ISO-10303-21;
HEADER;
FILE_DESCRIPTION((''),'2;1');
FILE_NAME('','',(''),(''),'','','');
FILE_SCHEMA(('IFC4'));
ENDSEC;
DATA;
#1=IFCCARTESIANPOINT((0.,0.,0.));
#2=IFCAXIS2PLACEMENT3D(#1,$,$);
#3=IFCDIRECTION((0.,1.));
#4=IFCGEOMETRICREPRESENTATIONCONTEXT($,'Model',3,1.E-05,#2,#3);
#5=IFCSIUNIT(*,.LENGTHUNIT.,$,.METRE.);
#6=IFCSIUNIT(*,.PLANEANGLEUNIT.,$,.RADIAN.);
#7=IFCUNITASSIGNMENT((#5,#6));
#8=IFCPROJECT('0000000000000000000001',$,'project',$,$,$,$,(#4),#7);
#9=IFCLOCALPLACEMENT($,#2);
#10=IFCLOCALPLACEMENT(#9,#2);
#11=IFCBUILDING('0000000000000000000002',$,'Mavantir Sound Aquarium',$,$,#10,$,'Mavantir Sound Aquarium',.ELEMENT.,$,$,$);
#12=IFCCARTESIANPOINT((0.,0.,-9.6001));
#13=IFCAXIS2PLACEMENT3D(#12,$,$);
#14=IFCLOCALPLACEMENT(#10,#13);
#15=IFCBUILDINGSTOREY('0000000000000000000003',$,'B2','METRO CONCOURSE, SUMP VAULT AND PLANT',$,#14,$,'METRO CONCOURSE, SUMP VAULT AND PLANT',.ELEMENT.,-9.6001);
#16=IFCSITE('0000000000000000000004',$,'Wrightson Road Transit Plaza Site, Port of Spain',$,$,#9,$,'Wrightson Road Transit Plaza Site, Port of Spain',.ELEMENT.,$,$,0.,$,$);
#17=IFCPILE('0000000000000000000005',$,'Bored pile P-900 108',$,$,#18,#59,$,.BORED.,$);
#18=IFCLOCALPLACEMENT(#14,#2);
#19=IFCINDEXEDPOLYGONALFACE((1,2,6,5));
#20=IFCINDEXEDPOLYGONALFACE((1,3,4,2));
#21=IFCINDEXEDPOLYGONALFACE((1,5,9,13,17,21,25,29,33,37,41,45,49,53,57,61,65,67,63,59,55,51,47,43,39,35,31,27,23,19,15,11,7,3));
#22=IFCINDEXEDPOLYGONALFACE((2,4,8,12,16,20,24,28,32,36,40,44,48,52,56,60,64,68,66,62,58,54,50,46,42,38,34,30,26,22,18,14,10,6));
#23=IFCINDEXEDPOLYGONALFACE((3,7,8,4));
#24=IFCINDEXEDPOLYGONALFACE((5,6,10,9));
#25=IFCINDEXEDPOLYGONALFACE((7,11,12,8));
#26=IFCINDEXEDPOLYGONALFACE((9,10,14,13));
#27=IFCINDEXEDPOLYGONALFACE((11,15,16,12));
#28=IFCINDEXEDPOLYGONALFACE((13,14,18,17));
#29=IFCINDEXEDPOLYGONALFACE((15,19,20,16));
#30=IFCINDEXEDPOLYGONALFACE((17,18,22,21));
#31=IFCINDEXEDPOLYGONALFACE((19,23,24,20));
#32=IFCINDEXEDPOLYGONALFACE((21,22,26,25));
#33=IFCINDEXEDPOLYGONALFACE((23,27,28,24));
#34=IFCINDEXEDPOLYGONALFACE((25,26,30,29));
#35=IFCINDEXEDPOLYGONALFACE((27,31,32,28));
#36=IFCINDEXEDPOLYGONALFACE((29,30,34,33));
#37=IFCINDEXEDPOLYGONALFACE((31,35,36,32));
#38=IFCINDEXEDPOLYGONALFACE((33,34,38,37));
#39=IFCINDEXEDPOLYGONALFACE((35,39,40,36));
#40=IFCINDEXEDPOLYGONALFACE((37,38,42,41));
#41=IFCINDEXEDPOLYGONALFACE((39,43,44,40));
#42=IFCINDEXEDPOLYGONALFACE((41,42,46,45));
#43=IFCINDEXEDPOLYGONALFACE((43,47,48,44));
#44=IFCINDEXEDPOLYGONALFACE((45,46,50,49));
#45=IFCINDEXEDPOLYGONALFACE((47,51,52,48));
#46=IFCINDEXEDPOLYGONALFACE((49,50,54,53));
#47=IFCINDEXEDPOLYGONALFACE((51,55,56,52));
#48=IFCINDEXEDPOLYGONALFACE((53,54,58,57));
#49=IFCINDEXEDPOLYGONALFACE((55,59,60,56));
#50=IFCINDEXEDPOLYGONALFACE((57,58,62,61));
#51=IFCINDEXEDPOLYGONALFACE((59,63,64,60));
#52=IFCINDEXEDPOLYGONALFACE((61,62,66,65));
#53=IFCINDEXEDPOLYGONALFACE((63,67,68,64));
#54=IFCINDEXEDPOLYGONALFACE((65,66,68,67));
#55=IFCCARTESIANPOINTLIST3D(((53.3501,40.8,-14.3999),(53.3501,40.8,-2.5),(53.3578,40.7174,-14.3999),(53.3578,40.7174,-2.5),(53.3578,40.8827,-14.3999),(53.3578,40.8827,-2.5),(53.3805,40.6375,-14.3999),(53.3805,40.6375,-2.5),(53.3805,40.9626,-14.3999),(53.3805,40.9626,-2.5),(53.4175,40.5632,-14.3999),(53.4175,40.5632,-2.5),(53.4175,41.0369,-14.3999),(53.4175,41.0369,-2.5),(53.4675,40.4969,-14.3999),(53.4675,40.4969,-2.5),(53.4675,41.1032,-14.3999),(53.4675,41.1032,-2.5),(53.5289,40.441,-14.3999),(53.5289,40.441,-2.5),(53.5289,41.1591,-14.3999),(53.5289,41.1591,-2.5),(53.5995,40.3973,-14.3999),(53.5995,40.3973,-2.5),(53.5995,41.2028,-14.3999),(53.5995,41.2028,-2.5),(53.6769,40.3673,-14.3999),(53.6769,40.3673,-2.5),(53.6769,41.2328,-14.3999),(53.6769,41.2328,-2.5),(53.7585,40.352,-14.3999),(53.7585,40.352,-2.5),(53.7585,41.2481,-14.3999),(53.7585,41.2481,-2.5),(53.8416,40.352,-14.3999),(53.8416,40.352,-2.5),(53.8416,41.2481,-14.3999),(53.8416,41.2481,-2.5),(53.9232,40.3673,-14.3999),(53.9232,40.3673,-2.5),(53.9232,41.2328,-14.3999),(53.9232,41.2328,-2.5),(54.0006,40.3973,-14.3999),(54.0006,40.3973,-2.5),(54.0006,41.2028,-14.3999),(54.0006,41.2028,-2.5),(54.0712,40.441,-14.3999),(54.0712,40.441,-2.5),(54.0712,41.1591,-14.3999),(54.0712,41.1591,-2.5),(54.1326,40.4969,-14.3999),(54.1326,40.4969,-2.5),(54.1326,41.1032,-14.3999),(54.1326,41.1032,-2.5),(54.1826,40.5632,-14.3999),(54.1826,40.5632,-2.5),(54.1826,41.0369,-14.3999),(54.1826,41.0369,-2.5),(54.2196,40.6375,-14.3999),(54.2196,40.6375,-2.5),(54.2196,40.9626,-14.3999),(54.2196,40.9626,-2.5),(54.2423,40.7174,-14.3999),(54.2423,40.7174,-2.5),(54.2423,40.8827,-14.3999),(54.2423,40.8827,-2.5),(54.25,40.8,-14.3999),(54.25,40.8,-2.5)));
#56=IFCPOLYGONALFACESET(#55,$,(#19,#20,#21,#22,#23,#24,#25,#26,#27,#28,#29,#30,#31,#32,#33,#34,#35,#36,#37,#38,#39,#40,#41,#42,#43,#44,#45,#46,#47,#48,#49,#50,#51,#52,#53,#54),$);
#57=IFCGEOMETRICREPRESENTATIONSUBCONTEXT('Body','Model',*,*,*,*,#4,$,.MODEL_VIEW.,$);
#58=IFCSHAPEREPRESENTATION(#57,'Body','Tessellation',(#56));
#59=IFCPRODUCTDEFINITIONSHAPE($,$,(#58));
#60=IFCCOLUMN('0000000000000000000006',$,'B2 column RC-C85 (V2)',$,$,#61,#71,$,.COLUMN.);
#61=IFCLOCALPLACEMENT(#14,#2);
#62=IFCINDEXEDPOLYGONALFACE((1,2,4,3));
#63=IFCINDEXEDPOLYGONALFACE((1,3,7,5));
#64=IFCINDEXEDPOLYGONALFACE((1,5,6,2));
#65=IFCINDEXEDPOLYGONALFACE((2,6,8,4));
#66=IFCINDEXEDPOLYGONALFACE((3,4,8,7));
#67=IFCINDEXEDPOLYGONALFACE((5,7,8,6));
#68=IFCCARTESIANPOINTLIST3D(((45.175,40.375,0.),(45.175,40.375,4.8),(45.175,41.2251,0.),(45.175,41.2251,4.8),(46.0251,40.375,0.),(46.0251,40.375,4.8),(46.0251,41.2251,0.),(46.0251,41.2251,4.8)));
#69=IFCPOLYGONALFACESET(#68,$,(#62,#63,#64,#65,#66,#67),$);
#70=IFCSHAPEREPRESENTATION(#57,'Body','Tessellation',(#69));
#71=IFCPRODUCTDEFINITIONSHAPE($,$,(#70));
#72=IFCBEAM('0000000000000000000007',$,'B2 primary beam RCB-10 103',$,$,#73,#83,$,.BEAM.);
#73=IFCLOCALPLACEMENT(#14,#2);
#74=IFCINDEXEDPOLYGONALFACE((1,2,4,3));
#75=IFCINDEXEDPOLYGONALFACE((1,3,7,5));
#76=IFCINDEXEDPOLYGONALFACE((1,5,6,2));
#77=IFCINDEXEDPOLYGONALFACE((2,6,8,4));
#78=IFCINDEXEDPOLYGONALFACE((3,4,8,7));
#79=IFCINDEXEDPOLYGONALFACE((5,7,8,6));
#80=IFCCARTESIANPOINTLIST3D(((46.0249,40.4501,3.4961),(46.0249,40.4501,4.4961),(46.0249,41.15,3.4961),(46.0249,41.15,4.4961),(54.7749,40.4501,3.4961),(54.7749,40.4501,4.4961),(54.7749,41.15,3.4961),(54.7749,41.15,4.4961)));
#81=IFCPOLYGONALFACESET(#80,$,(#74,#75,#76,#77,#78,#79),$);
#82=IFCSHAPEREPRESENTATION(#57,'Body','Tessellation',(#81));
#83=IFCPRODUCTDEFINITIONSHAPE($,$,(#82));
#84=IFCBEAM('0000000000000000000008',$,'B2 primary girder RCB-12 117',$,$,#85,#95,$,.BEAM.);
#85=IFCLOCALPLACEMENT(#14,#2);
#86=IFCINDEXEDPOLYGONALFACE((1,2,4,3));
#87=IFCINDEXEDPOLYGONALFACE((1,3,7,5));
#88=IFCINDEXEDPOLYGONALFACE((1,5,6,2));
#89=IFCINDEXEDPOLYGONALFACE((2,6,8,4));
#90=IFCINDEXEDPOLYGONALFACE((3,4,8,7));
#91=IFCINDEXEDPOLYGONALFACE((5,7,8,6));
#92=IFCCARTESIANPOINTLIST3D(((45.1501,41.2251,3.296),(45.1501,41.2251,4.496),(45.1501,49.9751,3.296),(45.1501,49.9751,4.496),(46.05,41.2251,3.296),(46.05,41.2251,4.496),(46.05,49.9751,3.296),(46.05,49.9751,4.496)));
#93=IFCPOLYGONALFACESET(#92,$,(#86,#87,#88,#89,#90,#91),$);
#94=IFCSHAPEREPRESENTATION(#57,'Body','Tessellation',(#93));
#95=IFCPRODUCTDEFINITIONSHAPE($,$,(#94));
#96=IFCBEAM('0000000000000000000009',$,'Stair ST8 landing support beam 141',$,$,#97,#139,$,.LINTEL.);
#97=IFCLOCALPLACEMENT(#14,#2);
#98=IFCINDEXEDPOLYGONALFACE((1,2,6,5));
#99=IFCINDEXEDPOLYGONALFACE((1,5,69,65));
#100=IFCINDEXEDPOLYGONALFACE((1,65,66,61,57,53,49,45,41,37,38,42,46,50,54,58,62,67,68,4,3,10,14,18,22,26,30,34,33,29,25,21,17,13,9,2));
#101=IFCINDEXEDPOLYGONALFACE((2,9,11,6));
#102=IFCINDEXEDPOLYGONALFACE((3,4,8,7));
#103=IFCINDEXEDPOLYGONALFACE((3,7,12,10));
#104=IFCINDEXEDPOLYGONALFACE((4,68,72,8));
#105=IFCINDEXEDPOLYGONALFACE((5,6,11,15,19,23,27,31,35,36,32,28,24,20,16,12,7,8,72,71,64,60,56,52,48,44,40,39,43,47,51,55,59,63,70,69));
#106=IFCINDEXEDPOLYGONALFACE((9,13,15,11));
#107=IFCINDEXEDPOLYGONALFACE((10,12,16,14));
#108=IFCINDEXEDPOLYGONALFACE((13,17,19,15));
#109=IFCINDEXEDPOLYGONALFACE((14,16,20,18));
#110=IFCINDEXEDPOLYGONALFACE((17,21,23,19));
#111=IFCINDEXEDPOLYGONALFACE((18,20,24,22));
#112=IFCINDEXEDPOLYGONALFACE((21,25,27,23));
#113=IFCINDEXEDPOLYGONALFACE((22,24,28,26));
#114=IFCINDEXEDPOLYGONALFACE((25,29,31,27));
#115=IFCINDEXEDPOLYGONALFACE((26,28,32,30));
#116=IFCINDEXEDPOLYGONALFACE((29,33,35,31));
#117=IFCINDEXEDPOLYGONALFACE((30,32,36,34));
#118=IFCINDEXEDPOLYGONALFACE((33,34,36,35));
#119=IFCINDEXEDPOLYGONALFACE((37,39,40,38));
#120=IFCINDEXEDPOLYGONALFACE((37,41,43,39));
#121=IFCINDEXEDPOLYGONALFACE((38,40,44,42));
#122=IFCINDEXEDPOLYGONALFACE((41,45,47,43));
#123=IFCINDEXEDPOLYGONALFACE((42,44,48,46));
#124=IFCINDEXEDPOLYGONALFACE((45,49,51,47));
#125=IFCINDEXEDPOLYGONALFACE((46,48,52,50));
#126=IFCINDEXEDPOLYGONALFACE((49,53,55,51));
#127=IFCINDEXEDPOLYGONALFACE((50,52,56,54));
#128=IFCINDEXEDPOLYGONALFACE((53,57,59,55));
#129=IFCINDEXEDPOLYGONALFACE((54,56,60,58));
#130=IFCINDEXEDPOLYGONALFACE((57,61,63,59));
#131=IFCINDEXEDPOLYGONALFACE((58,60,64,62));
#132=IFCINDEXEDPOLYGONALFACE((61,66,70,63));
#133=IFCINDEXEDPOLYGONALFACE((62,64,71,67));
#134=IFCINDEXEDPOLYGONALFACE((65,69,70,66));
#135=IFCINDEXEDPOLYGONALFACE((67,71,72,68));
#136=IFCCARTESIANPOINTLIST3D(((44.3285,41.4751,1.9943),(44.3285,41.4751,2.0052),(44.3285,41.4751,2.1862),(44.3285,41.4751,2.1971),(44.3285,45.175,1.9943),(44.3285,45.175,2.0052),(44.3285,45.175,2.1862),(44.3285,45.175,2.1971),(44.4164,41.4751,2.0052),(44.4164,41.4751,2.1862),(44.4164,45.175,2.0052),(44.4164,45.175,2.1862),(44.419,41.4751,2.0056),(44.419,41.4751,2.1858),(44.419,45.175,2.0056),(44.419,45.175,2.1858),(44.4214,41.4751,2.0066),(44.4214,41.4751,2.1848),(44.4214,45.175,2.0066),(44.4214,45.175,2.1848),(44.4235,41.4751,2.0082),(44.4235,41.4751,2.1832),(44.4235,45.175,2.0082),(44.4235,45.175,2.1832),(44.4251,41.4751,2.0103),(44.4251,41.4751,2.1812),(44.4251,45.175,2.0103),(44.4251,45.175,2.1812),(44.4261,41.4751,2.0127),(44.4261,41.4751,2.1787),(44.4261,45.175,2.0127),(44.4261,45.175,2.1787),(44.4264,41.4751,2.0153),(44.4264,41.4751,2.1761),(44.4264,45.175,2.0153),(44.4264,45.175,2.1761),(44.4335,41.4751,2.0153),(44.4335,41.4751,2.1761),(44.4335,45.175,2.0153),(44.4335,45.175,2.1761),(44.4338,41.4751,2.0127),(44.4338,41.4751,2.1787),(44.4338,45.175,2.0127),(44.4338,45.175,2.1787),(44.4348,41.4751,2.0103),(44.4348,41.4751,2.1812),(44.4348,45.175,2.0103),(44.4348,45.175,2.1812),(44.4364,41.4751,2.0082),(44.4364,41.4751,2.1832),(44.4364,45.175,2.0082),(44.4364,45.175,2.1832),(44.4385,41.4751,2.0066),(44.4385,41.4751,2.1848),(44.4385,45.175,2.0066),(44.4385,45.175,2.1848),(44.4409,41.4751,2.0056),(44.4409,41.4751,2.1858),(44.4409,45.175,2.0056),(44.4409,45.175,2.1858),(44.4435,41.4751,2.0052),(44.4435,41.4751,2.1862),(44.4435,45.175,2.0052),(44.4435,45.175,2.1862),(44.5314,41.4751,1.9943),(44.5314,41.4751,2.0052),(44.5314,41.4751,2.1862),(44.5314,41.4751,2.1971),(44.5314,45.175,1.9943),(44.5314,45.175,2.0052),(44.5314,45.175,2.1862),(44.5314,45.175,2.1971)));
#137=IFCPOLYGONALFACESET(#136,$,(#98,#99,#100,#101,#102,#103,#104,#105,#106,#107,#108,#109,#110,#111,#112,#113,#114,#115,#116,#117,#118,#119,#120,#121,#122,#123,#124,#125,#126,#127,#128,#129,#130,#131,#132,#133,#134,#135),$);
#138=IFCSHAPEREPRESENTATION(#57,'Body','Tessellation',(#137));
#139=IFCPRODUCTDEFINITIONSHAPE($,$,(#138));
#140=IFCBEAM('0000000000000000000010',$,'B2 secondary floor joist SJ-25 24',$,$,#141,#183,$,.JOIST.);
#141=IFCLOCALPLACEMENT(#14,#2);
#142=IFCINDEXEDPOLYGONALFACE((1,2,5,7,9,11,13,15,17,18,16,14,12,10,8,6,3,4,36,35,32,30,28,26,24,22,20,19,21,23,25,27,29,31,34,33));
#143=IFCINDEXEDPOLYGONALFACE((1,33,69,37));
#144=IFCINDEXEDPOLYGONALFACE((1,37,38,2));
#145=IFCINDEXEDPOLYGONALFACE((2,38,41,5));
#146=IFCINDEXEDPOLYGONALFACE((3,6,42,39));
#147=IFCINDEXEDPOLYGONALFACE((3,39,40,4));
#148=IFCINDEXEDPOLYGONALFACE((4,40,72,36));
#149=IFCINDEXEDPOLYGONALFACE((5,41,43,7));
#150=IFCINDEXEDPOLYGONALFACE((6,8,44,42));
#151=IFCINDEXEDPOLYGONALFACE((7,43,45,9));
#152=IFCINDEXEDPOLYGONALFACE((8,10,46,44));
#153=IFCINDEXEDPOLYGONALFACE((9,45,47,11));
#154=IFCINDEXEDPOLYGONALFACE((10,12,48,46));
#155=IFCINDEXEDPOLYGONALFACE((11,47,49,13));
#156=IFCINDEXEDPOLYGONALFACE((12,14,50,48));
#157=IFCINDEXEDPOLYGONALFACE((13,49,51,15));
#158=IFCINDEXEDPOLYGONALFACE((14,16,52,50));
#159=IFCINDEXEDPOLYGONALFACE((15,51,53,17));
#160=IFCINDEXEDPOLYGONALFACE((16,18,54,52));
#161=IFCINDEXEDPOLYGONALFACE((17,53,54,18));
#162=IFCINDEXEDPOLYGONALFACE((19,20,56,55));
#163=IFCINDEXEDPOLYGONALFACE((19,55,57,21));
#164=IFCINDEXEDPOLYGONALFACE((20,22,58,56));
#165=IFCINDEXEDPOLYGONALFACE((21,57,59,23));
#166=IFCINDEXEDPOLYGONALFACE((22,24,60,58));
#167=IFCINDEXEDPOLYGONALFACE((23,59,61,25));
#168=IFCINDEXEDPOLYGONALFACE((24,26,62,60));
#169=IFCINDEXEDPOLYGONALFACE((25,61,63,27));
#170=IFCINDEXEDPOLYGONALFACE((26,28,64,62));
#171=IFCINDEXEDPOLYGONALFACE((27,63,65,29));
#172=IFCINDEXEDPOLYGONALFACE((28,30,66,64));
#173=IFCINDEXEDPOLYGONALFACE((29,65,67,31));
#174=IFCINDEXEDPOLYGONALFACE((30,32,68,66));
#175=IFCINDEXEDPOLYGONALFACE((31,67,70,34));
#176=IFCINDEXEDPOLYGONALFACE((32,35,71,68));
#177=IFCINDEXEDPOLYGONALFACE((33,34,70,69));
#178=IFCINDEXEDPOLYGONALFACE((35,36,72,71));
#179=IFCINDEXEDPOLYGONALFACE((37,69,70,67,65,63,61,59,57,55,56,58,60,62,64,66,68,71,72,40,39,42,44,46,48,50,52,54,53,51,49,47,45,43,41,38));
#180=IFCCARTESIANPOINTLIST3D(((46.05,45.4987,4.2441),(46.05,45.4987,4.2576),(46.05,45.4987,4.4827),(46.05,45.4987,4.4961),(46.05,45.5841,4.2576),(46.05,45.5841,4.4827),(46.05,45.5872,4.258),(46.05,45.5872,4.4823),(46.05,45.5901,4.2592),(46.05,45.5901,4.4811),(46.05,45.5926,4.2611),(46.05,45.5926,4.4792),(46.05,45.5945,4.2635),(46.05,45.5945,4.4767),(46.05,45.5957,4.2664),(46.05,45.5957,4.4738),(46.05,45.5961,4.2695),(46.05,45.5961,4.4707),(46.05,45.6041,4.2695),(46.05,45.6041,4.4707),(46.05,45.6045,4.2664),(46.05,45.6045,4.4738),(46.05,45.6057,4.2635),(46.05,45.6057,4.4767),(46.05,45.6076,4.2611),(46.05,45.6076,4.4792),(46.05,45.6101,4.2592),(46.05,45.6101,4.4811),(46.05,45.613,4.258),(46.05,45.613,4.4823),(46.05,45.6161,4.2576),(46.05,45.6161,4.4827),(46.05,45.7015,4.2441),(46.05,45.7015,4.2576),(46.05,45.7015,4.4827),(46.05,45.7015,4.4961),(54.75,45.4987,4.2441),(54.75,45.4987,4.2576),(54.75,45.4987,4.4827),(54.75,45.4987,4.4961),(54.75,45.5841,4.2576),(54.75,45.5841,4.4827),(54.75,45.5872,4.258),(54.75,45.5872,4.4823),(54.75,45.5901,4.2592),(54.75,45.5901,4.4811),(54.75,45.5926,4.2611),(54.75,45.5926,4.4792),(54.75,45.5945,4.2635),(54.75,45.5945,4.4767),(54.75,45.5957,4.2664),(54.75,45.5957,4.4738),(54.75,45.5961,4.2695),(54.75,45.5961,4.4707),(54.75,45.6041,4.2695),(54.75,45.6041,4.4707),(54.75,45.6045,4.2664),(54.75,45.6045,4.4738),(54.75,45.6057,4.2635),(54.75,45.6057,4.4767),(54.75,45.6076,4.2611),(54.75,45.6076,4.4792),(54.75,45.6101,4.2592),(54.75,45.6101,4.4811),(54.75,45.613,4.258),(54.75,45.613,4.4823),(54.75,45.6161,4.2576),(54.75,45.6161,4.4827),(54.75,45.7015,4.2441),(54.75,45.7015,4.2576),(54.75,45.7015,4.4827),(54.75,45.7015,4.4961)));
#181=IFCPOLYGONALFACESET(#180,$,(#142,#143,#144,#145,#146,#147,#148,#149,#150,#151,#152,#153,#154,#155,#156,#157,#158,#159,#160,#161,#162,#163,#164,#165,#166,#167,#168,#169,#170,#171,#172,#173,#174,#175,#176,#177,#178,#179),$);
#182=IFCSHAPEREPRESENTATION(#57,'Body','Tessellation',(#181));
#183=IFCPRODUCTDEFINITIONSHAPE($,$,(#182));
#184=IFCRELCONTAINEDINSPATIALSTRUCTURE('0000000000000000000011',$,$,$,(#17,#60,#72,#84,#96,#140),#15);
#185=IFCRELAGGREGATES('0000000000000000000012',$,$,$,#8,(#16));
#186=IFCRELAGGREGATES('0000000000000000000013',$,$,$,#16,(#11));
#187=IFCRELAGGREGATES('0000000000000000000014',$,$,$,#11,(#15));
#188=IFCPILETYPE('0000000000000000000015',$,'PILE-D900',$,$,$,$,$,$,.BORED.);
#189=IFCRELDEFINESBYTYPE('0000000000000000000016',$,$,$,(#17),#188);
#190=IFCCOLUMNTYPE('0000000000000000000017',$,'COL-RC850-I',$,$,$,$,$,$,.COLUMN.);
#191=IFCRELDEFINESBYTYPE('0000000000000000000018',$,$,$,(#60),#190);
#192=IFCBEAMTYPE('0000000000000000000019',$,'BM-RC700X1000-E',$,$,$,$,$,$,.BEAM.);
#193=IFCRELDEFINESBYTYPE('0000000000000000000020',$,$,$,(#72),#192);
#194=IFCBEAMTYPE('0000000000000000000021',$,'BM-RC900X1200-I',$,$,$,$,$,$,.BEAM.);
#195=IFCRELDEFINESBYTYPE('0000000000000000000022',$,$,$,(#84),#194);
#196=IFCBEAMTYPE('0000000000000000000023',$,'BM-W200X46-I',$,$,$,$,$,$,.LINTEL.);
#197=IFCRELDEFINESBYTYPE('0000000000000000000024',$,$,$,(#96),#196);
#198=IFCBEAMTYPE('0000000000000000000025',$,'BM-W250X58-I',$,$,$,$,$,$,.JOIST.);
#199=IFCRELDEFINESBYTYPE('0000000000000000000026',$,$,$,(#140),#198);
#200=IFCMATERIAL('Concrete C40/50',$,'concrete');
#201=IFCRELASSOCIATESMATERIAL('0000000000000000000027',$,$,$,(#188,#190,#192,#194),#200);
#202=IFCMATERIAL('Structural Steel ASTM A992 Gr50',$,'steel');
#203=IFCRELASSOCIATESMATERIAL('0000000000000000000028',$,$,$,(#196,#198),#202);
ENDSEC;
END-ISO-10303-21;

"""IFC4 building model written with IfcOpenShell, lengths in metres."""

from ifc_helpers import new_model, si_unit, direction, frame, origin, origin_2d, place, context, subcontext, project, spatial, rectangle, circle, i_section, extrude, material, material_profile, profile_set, type_object, element, save


model = new_model("IFC4")

# Units and contexts
model_context = context("Model", 3, precision=1e-05, world=origin(), true_north=direction((0.0, 1.0)))
body_context = subcontext(model_context, "Body", "Model", "MODEL_VIEW")
ifc_project = project(units=[si_unit("LENGTHUNIT", "METRE"), si_unit("PLANEANGLEUNIT", "RADIAN")], contexts=[model_context])

# Site, building, storey
site_placement = place(None, origin())
site = spatial("IfcSite", under=ifc_project, at=site_placement, Name="Wrightson Road Transit Plaza Site, Port of Spain", LongName="Wrightson Road Transit Plaza Site, Port of Spain", CompositionType="ELEMENT", RefElevation=0.0)
building_placement = place(site_placement, origin())
building = spatial("IfcBuilding", under=site, at=building_placement, Name="Mavantir Sound Aquarium", LongName="Mavantir Sound Aquarium", CompositionType="ELEMENT")
storey_placement = place(building_placement, frame((0.0, 0.0, -9.6001)))
storey = spatial("IfcBuildingStorey", under=building, at=storey_placement, Name="B2", Description="METRO CONCOURSE, SUMP VAULT AND PLANT", LongName="METRO CONCOURSE, SUMP VAULT AND PLANT", CompositionType="ELEMENT", Elevation=-9.6001)

# Shared definitions
ifc_material_1 = material(Name="Concrete C40/50", Category="concrete")

# Pile
ifc_material_profile_1 = material_profile(ifc_material_1, circle(Radius=0.45, at=origin_2d()), Name="PILE D900")
ifc_profile_set_1 = profile_set([ifc_material_profile_1], Name="Concrete C40/50")
pile_type = type_object("IfcPileType", Name="PILE-D900", PredefinedType="BORED", material=ifc_profile_set_1)
pile_1_placement = place(storey_placement, frame((53.8, 40.8, -2.5), z_axis=(0.0, 0.0, -1.0), x_axis=(1.0, 0.0, 0.0)))
element("IfcPile", 1, at=pile_1_placement, inside=storey, type_object=pile_type, Name="Bored pile P-900 108", PredefinedType="BORED", context=body_context, shape_type="SweptSolid", body=[
    extrude(circle(Radius=0.45, at=origin_2d()), origin(), (0.0, 0.0, 1.0), 11.8999),
])

# Column
ifc_material_profile_2 = material_profile(ifc_material_1, rectangle(XDim=0.8501, YDim=0.8501, at=origin_2d()), Name="RC 850X850")
ifc_profile_set_2 = profile_set([ifc_material_profile_2], Name="Concrete C40/50")
column_type = type_object("IfcColumnType", Name="COL-RC850-I", PredefinedType="COLUMN", material=ifc_profile_set_2)
column_placement = place(storey_placement, frame((45.6001, 40.8, 0.0), z_axis=(0.0, 0.0, 1.0), x_axis=(1.0, 0.0, 0.0)))
element("IfcColumn", 2, at=column_placement, inside=storey, type_object=column_type, Name="B2 column RC-C85 (V2)", PredefinedType="COLUMN", context=body_context, shape_type="SweptSolid", body=[
    extrude(rectangle(XDim=0.8501, YDim=0.8501, at=origin_2d()), origin(), (0.0, 0.0, 1.0), 4.8),
])

# Beams
ifc_material_profile_3 = material_profile(ifc_material_1, rectangle(XDim=0.7, YDim=1.0, at=origin_2d()), Name="RC 700X1000")
ifc_profile_set_3 = profile_set([ifc_material_profile_3], Name="Concrete C40/50")
beam_type_1 = type_object("IfcBeamType", Name="BM-RC700X1000-E", PredefinedType="BEAM", material=ifc_profile_set_3)
beam_1_placement = place(storey_placement, frame((46.0249, 40.8, 3.9961), z_axis=(1.0, 0.0, 0.0), x_axis=(0.0, 1.0, 0.0)))
element("IfcBeam", 3, at=beam_1_placement, inside=storey, type_object=beam_type_1, Name="B2 primary beam RCB-10 103", PredefinedType="BEAM", context=body_context, shape_type="SweptSolid", body=[
    extrude(rectangle(XDim=0.7, YDim=1.0, at=origin_2d()), origin(), (0.0, 0.0, 1.0), 8.75),
])
ifc_material_profile_4 = material_profile(ifc_material_1, rectangle(XDim=0.8999, YDim=1.2, at=origin_2d()), Name="RC 900X1200")
ifc_profile_set_4 = profile_set([ifc_material_profile_4], Name="Concrete C40/50")
beam_type_2 = type_object("IfcBeamType", Name="BM-RC900X1200-I", PredefinedType="BEAM", material=ifc_profile_set_4)
beam_2_placement = place(storey_placement, frame((45.6001, 41.2251, 3.896), z_axis=(0.0, 1.0, 0.0), x_axis=(-1.0, 0.0, 0.0)))
element("IfcBeam", 4, at=beam_2_placement, inside=storey, type_object=beam_type_2, Name="B2 primary girder RCB-12 117", PredefinedType="BEAM", context=body_context, shape_type="SweptSolid", body=[
    extrude(rectangle(XDim=0.8999, YDim=1.2, at=origin_2d()), origin(), (0.0, 0.0, 1.0), 8.75),
])
ifc_material_2 = material(Name="Structural Steel ASTM A992 Gr50", Category="steel")
ifc_material_profile_5 = material_profile(ifc_material_2, i_section(OverallWidth=0.2029, OverallDepth=0.2029, WebThickness=0.0071, FlangeThickness=0.011, FilletRadius=0.01, at=origin_2d()), Name="W200X46")
ifc_profile_set_5 = profile_set([ifc_material_profile_5], Name="Structural Steel ASTM A992 Gr50")
beam_type_3 = type_object("IfcBeamType", Name="BM-W200X46-I", PredefinedType="LINTEL", material=ifc_profile_set_5)
beam_3_placement = place(storey_placement, frame((44.4299, 41.4751, 2.0957), z_axis=(0.0, 1.0, 0.0), x_axis=(-1.0, 0.0, 0.0)))
element("IfcBeam", 5, at=beam_3_placement, inside=storey, type_object=beam_type_3, Name="Stair ST8 landing support beam 141", PredefinedType="LINTEL", context=body_context, shape_type="SweptSolid", body=[
    extrude(i_section(OverallWidth=0.2029, OverallDepth=0.2029, WebThickness=0.0071, FlangeThickness=0.011, FilletRadius=0.01, at=origin_2d()), origin(), (0.0, 0.0, 1.0), 3.7),
])
ifc_material_profile_6 = material_profile(ifc_material_2, i_section(OverallWidth=0.2029, OverallDepth=0.252, WebThickness=0.0081, FlangeThickness=0.0134, FilletRadius=0.012, at=origin_2d()), Name="W250X58")
ifc_profile_set_6 = profile_set([ifc_material_profile_6], Name="Structural Steel ASTM A992 Gr50")
beam_type_4 = type_object("IfcBeamType", Name="BM-W250X58-I", PredefinedType="JOIST", material=ifc_profile_set_6)
beam_4_placement = place(storey_placement, frame((46.05, 45.6001, 4.3701), z_axis=(1.0, 0.0, 0.0), x_axis=(0.0, 1.0, 0.0)))
element("IfcBeam", 6, at=beam_4_placement, inside=storey, type_object=beam_type_4, Name="B2 secondary floor joist SJ-25 24", PredefinedType="JOIST", context=body_context, shape_type="SweptSolid", body=[
    extrude(i_section(OverallWidth=0.2029, OverallDepth=0.252, WebThickness=0.0081, FlangeThickness=0.0134, FilletRadius=0.012, at=origin_2d()), origin(), (0.0, 0.0, 1.0), 8.7),
])

save(model, "model.ifc")
